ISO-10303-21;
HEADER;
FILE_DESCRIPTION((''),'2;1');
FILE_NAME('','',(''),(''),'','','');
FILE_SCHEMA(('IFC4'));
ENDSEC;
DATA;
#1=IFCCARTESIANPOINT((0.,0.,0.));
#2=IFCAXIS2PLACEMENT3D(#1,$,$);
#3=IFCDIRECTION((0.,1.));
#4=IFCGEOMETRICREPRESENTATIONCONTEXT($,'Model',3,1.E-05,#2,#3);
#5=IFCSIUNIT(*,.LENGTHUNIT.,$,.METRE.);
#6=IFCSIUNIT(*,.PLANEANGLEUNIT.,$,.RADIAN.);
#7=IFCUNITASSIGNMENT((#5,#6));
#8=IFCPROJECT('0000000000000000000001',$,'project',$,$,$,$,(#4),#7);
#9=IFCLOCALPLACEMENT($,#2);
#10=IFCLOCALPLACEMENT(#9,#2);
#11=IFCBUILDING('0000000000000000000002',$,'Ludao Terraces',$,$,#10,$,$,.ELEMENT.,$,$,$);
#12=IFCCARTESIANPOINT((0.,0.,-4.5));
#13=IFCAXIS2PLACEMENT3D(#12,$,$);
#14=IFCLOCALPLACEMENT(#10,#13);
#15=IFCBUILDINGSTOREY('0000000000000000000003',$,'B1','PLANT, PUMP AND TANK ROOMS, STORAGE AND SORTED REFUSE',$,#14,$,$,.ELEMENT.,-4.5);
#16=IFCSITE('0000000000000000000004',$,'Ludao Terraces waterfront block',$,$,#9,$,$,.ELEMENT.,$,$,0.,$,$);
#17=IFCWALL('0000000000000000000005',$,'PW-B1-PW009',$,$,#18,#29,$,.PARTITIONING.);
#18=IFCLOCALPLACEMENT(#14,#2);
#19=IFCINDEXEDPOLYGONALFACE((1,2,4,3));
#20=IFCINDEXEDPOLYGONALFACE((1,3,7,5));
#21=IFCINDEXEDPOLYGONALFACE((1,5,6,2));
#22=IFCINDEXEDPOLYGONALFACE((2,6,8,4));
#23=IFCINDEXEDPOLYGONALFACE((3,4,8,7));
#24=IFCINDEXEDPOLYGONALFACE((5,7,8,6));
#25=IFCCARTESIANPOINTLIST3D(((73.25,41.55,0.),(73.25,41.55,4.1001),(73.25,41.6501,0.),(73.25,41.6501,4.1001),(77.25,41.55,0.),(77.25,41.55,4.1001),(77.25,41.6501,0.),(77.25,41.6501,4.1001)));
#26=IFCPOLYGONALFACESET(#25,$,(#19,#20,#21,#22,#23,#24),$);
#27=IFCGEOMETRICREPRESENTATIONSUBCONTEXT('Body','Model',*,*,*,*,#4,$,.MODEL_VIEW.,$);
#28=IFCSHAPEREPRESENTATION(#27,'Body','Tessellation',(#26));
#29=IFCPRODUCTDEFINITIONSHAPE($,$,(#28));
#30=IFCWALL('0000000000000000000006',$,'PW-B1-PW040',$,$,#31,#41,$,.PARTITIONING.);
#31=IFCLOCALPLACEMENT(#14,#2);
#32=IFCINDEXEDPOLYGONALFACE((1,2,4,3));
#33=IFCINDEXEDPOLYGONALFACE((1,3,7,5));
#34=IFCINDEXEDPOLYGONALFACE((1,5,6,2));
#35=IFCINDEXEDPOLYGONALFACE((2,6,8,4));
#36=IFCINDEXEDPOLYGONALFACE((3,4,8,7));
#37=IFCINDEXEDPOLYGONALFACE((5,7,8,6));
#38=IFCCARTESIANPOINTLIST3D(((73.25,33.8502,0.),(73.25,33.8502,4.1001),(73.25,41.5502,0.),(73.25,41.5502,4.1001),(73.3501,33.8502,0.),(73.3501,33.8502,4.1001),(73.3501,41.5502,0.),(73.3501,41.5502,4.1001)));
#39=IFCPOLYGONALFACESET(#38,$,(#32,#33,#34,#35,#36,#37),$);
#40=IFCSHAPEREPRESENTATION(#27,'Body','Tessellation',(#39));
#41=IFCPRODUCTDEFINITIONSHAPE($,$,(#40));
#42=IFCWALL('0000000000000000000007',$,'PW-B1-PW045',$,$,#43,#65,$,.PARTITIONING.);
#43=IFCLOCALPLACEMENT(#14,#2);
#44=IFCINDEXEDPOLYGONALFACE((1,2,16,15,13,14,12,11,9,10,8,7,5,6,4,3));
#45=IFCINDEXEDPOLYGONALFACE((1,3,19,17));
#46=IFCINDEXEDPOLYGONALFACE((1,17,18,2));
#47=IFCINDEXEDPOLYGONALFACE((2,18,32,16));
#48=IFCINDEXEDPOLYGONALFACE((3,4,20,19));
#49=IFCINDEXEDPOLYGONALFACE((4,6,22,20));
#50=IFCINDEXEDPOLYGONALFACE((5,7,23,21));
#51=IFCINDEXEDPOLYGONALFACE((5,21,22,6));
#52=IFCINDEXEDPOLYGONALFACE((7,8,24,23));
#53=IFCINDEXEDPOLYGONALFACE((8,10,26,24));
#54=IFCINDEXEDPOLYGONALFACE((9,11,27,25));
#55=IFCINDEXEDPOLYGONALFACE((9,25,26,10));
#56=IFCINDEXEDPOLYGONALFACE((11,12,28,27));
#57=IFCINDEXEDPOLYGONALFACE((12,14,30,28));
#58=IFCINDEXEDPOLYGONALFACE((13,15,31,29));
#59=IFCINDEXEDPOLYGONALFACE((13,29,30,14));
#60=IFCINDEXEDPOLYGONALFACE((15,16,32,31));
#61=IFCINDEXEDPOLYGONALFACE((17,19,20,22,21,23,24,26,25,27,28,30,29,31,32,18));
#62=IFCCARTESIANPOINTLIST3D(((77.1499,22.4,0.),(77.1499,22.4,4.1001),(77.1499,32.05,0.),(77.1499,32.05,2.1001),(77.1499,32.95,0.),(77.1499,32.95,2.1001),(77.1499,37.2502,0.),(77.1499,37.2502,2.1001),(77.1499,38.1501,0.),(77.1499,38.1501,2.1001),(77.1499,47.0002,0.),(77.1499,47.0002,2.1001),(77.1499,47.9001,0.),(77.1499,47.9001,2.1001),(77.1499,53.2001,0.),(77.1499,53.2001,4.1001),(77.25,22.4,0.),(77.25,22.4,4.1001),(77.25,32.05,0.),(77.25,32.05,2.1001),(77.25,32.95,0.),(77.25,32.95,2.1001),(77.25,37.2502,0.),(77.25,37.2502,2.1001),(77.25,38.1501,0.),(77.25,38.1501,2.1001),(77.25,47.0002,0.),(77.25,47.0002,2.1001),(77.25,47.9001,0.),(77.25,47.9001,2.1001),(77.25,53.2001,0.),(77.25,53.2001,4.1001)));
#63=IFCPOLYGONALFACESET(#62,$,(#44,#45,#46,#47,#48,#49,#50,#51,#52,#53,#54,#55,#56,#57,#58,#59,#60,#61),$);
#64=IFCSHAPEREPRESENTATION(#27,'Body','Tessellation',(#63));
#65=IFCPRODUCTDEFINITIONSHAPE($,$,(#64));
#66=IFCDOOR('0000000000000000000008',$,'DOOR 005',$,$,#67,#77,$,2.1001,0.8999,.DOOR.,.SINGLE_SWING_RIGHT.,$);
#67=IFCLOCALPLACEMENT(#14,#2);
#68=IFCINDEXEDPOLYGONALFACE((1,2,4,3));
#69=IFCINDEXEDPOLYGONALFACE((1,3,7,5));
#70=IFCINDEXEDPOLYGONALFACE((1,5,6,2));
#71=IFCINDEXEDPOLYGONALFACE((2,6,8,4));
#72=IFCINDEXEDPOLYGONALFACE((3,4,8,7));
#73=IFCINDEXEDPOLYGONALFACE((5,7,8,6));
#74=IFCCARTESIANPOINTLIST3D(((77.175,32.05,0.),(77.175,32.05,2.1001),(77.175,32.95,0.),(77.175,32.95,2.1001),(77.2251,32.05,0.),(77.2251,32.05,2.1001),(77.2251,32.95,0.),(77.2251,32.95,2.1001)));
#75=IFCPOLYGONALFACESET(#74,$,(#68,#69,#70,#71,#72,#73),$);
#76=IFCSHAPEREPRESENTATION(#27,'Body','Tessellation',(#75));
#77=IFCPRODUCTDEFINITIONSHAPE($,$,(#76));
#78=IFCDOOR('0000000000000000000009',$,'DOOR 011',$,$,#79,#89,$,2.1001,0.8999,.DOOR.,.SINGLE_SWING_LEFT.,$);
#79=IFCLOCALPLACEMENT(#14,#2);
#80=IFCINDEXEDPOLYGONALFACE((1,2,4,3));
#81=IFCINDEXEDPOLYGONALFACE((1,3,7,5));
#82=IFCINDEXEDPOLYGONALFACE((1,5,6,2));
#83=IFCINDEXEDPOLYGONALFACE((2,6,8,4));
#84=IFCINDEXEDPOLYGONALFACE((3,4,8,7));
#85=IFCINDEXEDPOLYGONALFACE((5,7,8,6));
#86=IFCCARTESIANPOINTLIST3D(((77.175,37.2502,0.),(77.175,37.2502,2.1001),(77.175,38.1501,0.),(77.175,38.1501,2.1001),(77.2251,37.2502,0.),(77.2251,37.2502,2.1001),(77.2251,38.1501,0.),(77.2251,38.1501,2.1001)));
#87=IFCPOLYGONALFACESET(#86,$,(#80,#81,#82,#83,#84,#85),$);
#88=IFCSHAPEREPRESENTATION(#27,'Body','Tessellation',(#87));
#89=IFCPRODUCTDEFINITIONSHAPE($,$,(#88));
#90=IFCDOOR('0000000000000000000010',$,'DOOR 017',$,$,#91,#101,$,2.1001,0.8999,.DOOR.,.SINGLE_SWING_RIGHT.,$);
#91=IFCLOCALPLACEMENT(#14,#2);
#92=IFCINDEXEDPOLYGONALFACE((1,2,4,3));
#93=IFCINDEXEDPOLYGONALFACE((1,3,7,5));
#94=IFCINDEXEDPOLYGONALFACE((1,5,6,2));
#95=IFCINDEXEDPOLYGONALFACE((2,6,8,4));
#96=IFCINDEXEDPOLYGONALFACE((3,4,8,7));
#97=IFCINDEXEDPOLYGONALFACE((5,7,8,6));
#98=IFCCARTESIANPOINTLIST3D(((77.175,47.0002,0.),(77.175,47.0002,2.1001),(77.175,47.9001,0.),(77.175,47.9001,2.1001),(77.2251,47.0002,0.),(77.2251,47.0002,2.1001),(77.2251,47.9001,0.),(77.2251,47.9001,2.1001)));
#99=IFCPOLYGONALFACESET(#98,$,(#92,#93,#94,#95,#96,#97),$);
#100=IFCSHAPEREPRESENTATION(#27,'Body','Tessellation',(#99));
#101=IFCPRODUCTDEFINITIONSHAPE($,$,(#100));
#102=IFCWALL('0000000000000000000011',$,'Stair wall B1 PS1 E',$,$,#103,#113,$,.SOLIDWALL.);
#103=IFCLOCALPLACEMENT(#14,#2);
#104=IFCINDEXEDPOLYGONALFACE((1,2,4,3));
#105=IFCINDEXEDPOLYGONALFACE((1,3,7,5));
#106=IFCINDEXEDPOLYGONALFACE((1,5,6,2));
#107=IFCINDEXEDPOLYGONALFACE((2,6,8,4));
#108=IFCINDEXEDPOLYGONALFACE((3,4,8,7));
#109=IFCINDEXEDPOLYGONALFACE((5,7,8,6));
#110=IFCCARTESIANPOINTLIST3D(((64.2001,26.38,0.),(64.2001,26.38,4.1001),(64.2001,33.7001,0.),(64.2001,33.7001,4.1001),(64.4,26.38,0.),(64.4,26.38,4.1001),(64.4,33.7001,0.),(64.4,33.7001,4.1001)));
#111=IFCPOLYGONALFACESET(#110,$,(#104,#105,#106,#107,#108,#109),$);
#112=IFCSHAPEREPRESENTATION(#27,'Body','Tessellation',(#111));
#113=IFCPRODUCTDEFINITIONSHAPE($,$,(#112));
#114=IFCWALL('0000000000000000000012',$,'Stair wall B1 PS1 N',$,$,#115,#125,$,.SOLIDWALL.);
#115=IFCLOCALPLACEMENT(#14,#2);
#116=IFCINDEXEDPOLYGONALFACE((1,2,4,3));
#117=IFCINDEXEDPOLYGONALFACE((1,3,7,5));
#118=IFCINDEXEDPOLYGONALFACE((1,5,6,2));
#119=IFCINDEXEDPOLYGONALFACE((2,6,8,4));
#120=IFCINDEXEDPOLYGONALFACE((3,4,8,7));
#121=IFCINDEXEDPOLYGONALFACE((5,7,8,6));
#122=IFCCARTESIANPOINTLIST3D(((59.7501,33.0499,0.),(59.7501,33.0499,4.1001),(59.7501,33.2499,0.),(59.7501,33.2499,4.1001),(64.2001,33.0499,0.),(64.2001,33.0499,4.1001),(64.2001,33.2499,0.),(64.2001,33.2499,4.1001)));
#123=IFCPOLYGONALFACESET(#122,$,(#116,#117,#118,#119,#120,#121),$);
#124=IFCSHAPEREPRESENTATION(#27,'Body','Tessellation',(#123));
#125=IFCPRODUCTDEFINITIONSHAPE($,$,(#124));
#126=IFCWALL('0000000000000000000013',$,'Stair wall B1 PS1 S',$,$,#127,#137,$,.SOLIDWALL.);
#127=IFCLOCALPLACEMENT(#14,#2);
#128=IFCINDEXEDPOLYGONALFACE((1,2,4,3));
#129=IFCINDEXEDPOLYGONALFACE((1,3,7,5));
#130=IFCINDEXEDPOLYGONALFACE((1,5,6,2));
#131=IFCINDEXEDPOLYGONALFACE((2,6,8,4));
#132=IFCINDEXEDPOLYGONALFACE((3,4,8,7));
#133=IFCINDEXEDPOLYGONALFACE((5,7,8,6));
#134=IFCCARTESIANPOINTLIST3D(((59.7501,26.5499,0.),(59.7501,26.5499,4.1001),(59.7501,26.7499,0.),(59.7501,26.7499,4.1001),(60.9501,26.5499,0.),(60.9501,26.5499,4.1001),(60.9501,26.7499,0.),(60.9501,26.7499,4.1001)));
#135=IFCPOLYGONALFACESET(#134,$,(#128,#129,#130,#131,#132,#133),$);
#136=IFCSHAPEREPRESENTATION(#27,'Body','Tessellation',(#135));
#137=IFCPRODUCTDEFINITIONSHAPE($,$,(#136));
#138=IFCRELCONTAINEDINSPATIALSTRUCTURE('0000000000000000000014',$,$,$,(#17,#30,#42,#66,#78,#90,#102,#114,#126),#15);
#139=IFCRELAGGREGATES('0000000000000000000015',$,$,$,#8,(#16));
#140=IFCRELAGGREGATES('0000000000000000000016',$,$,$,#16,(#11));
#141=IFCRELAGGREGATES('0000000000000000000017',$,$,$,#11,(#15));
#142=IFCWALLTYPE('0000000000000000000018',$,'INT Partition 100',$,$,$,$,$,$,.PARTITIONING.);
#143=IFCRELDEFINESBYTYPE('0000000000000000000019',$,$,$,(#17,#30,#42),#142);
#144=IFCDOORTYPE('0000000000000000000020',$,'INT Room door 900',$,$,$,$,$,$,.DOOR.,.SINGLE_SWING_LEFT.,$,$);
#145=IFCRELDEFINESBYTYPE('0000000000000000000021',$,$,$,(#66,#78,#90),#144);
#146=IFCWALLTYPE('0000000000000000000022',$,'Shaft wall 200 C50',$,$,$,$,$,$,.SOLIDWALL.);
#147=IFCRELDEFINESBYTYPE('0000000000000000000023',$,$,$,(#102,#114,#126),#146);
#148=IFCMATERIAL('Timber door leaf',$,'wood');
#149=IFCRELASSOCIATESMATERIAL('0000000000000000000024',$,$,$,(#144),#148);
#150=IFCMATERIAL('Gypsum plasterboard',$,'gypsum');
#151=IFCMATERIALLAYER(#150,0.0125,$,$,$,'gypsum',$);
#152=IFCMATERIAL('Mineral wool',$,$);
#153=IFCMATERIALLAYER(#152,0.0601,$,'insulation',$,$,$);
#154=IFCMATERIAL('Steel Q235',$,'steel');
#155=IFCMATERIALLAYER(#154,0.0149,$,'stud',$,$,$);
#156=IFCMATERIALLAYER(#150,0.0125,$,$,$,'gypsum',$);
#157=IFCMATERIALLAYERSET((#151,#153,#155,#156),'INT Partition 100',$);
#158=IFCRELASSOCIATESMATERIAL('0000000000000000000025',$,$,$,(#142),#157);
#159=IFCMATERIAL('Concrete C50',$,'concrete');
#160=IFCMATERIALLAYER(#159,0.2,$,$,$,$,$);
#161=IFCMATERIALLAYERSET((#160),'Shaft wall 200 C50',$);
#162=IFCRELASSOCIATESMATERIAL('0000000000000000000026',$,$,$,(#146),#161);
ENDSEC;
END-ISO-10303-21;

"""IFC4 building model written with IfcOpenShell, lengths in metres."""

from ifc_helpers import new_model, si_unit, direction, frame, frame_2d, origin, place, context, subcontext, project, spatial, rectangle, extrude, material, layer, layer_set, type_object, element, fill, save


model = new_model("IFC4")

# Units and contexts
model_context = context("Model", 3, precision=1e-05, world=origin(), true_north=direction((0.0, 1.0)))
body_context = subcontext(model_context, "Body", "Model", "MODEL_VIEW")
ifc_project = project(units=[si_unit("LENGTHUNIT", "METRE"), si_unit("PLANEANGLEUNIT", "RADIAN")], contexts=[model_context])

# Site, building, storey
site_placement = place(None, origin())
site = spatial("IfcSite", under=ifc_project, at=site_placement, Name="Ludao Terraces waterfront block", CompositionType="ELEMENT", RefElevation=0.0)
building_placement = place(site_placement, origin())
building = spatial("IfcBuilding", under=site, at=building_placement, Name="Ludao Terraces", CompositionType="ELEMENT")
storey_placement = place(building_placement, frame((0.0, 0.0, -4.5)))
storey = spatial("IfcBuildingStorey", under=building, at=storey_placement, Name="B1", Description="PLANT, PUMP AND TANK ROOMS, STORAGE AND SORTED REFUSE", CompositionType="ELEMENT", Elevation=-4.5)

# Shared definitions
ifc_material_1 = material(Name="Timber door leaf", Category="wood")
door_type_1 = type_object("IfcDoorType", Name="INT Room door 900", OperationType="SINGLE_SWING_LEFT", PredefinedType="DOOR", material=ifc_material_1)

# Walls
ifc_material_2 = material(Name="Gypsum plasterboard", Category="gypsum")
ifc_layer_1 = layer(ifc_material_2, 0.0125, Category="gypsum")
ifc_material_3 = material(Name="Mineral wool")
ifc_layer_2 = layer(ifc_material_3, 0.0601, Name="insulation")
ifc_material_4 = material(Name="Steel Q235", Category="steel")
ifc_layer_3 = layer(ifc_material_4, 0.0149, Name="stud")
ifc_layer_4 = layer(ifc_material_2, 0.0125, Category="gypsum")
ifc_layer_set_1 = layer_set([ifc_layer_1, ifc_layer_2, ifc_layer_3, ifc_layer_4], Name="INT Partition 100")
wall_type_1 = type_object("IfcWallType", Name="INT Partition 100", PredefinedType="PARTITIONING", material=ifc_layer_set_1)
wall_1_placement = place(storey_placement, frame((73.25, 41.6001, 0.0), z_axis=(0.0, 0.0, 1.0), x_axis=(1.0, 0.0, 0.0)))
element("IfcWall", 1, at=wall_1_placement, inside=storey, type_object=wall_type_1, Name="PW-B1-PW009", PredefinedType="PARTITIONING", context=body_context, shape_type="SweptSolid", body=[
    extrude(rectangle(XDim=4.0, YDim=0.1001, at=frame_2d((2.0, 0.0))), origin(), (0.0, 0.0, 1.0), 4.1001),
])
wall_2_placement = place(storey_placement, frame((73.3, 33.8501, 0.0), z_axis=(0.0, 0.0, 1.0), x_axis=(0.0, 1.0, 0.0)))
element("IfcWall", 2, at=wall_2_placement, inside=storey, type_object=wall_type_1, Name="PW-B1-PW040", PredefinedType="PARTITIONING", context=body_context, shape_type="SweptSolid", body=[
    extrude(rectangle(XDim=7.7, YDim=0.1001, at=frame_2d((3.8501, 0.0))), origin(), (0.0, 0.0, 1.0), 4.1001),
])

# Wall, openings, doors
wall_3_placement = place(storey_placement, frame((77.2, 22.4001, 0.0), z_axis=(0.0, 0.0, 1.0), x_axis=(0.0, 1.0, 0.0)))
wall_3 = element("IfcWall", 3, at=wall_3_placement, inside=storey, type_object=wall_type_1, Name="PW-B1-PW045", PredefinedType="PARTITIONING", context=body_context, shape_type="SweptSolid", body=[
    extrude(rectangle(XDim=30.8, YDim=0.1001, at=frame_2d((15.3999, 0.0))), origin(), (0.0, 0.0, 1.0), 4.1001),
])
opening_1_placement = place(wall_3_placement, frame((9.6499, 0.0, 0.0)))
opening_1 = element("IfcOpeningElement", 4, at=opening_1_placement, cuts=wall_3, PredefinedType="OPENING", context=body_context, shape_type="SweptSolid", body=[
    extrude(rectangle(XDim=0.8999, YDim=2.1001, at=frame_2d((0.45, 1.05))), frame((0.0, 0.0601, 0.0), z_axis=(0.0, -1.0, 0.0), x_axis=(1.0, 0.0, 0.0)), (0.0, 0.0, 1.0), 0.1201),
])
opening_2_placement = place(wall_3_placement, frame((14.8501, 0.0, 0.0)))
opening_2 = element("IfcOpeningElement", 5, at=opening_2_placement, cuts=wall_3, PredefinedType="OPENING", context=body_context, shape_type="SweptSolid", body=[
    extrude(rectangle(XDim=0.8999, YDim=2.1001, at=frame_2d((0.45, 1.05))), frame((0.0, 0.0601, 0.0), z_axis=(0.0, -1.0, 0.0), x_axis=(1.0, 0.0, 0.0)), (0.0, 0.0, 1.0), 0.1201),
])
opening_3_placement = place(wall_3_placement, frame((24.6001, 0.0, 0.0)))
opening_3 = element("IfcOpeningElement", 6, at=opening_3_placement, cuts=wall_3, PredefinedType="OPENING", context=body_context, shape_type="SweptSolid", body=[
    extrude(rectangle(XDim=0.8999, YDim=2.1001, at=frame_2d((0.45, 1.05))), frame((0.0, 0.0601, 0.0), z_axis=(0.0, -1.0, 0.0), x_axis=(1.0, 0.0, 0.0)), (0.0, 0.0, 1.0), 0.1201),
])
door_1_placement = place(opening_1_placement, origin())
door_1 = element("IfcDoor", 7, at=door_1_placement, inside=storey, type_object=door_type_1, Name="DOOR 005", OperationType="SINGLE_SWING_RIGHT", OverallHeight=2.1001, OverallWidth=0.8999, PredefinedType="DOOR", context=body_context, shape_type="SweptSolid", body=[
    extrude(rectangle(XDim=0.8999, YDim=2.1001, at=frame_2d((0.45, 1.05))), frame((0.0, 0.0249, 0.0), z_axis=(0.0, -1.0, 0.0), x_axis=(1.0, 0.0, 0.0)), (0.0, 0.0, 1.0), 0.05),
])
fill(opening_1, door_1)
door_2_placement = place(opening_2_placement, origin())
door_2 = element("IfcDoor", 8, at=door_2_placement, inside=storey, type_object=door_type_1, Name="DOOR 011", OperationType="SINGLE_SWING_LEFT", OverallHeight=2.1001, OverallWidth=0.8999, PredefinedType="DOOR", context=body_context, shape_type="SweptSolid", body=[
    extrude(rectangle(XDim=0.8999, YDim=2.1001, at=frame_2d((0.45, 1.05))), frame((0.0, 0.0249, 0.0), z_axis=(0.0, -1.0, 0.0), x_axis=(1.0, 0.0, 0.0)), (0.0, 0.0, 1.0), 0.05),
])
fill(opening_2, door_2)
door_3_placement = place(opening_3_placement, origin())
door_3 = element("IfcDoor", 9, at=door_3_placement, inside=storey, type_object=door_type_1, Name="DOOR 017", OperationType="SINGLE_SWING_RIGHT", OverallHeight=2.1001, OverallWidth=0.8999, PredefinedType="DOOR", context=body_context, shape_type="SweptSolid", body=[
    extrude(rectangle(XDim=0.8999, YDim=2.1001, at=frame_2d((0.45, 1.05))), frame((0.0, 0.0249, 0.0), z_axis=(0.0, -1.0, 0.0), x_axis=(1.0, 0.0, 0.0)), (0.0, 0.0, 1.0), 0.05),
])
fill(opening_3, door_3)

# Walls
ifc_material_5 = material(Name="Concrete C50", Category="concrete")
ifc_layer_5 = layer(ifc_material_5, 0.2)
ifc_layer_set_2 = layer_set([ifc_layer_5], Name="Shaft wall 200 C50")
wall_type_2 = type_object("IfcWallType", Name="Shaft wall 200 C50", PredefinedType="SOLIDWALL", material=ifc_layer_set_2)
wall_4_placement = place(storey_placement, frame((64.3, 26.3799, 0.0), z_axis=(0.0, 0.0, 1.0), x_axis=(0.0, 1.0, 0.0)))
element("IfcWall", 10, at=wall_4_placement, inside=storey, type_object=wall_type_2, Name="Stair wall B1 PS1 E", PredefinedType="SOLIDWALL", context=body_context, shape_type="SweptSolid", body=[
    extrude(rectangle(XDim=7.3201, YDim=0.2, at=frame_2d((3.6602, 0.0))), origin(), (0.0, 0.0, 1.0), 4.1001),
])
wall_5_placement = place(storey_placement, frame((59.75, 33.1499, 0.0), z_axis=(0.0, 0.0, 1.0), x_axis=(1.0, 0.0, 0.0)))
element("IfcWall", 11, at=wall_5_placement, inside=storey, type_object=wall_type_2, Name="Stair wall B1 PS1 N", PredefinedType="SOLIDWALL", context=body_context, shape_type="SweptSolid", body=[
    extrude(rectangle(XDim=4.45, YDim=0.2, at=frame_2d((2.2251, 0.0))), origin(), (0.0, 0.0, 1.0), 4.1001),
])
wall_6_placement = place(storey_placement, frame((59.75, 26.6499, 0.0), z_axis=(0.0, 0.0, 1.0), x_axis=(1.0, 0.0, 0.0)))
element("IfcWall", 12, at=wall_6_placement, inside=storey, type_object=wall_type_2, Name="Stair wall B1 PS1 S", PredefinedType="SOLIDWALL", context=body_context, shape_type="SweptSolid", body=[
    extrude(rectangle(XDim=1.2, YDim=0.2, at=frame_2d((0.6001, 0.0))), origin(), (0.0, 0.0, 1.0), 4.1001),
])

save(model, "model.ifc")
